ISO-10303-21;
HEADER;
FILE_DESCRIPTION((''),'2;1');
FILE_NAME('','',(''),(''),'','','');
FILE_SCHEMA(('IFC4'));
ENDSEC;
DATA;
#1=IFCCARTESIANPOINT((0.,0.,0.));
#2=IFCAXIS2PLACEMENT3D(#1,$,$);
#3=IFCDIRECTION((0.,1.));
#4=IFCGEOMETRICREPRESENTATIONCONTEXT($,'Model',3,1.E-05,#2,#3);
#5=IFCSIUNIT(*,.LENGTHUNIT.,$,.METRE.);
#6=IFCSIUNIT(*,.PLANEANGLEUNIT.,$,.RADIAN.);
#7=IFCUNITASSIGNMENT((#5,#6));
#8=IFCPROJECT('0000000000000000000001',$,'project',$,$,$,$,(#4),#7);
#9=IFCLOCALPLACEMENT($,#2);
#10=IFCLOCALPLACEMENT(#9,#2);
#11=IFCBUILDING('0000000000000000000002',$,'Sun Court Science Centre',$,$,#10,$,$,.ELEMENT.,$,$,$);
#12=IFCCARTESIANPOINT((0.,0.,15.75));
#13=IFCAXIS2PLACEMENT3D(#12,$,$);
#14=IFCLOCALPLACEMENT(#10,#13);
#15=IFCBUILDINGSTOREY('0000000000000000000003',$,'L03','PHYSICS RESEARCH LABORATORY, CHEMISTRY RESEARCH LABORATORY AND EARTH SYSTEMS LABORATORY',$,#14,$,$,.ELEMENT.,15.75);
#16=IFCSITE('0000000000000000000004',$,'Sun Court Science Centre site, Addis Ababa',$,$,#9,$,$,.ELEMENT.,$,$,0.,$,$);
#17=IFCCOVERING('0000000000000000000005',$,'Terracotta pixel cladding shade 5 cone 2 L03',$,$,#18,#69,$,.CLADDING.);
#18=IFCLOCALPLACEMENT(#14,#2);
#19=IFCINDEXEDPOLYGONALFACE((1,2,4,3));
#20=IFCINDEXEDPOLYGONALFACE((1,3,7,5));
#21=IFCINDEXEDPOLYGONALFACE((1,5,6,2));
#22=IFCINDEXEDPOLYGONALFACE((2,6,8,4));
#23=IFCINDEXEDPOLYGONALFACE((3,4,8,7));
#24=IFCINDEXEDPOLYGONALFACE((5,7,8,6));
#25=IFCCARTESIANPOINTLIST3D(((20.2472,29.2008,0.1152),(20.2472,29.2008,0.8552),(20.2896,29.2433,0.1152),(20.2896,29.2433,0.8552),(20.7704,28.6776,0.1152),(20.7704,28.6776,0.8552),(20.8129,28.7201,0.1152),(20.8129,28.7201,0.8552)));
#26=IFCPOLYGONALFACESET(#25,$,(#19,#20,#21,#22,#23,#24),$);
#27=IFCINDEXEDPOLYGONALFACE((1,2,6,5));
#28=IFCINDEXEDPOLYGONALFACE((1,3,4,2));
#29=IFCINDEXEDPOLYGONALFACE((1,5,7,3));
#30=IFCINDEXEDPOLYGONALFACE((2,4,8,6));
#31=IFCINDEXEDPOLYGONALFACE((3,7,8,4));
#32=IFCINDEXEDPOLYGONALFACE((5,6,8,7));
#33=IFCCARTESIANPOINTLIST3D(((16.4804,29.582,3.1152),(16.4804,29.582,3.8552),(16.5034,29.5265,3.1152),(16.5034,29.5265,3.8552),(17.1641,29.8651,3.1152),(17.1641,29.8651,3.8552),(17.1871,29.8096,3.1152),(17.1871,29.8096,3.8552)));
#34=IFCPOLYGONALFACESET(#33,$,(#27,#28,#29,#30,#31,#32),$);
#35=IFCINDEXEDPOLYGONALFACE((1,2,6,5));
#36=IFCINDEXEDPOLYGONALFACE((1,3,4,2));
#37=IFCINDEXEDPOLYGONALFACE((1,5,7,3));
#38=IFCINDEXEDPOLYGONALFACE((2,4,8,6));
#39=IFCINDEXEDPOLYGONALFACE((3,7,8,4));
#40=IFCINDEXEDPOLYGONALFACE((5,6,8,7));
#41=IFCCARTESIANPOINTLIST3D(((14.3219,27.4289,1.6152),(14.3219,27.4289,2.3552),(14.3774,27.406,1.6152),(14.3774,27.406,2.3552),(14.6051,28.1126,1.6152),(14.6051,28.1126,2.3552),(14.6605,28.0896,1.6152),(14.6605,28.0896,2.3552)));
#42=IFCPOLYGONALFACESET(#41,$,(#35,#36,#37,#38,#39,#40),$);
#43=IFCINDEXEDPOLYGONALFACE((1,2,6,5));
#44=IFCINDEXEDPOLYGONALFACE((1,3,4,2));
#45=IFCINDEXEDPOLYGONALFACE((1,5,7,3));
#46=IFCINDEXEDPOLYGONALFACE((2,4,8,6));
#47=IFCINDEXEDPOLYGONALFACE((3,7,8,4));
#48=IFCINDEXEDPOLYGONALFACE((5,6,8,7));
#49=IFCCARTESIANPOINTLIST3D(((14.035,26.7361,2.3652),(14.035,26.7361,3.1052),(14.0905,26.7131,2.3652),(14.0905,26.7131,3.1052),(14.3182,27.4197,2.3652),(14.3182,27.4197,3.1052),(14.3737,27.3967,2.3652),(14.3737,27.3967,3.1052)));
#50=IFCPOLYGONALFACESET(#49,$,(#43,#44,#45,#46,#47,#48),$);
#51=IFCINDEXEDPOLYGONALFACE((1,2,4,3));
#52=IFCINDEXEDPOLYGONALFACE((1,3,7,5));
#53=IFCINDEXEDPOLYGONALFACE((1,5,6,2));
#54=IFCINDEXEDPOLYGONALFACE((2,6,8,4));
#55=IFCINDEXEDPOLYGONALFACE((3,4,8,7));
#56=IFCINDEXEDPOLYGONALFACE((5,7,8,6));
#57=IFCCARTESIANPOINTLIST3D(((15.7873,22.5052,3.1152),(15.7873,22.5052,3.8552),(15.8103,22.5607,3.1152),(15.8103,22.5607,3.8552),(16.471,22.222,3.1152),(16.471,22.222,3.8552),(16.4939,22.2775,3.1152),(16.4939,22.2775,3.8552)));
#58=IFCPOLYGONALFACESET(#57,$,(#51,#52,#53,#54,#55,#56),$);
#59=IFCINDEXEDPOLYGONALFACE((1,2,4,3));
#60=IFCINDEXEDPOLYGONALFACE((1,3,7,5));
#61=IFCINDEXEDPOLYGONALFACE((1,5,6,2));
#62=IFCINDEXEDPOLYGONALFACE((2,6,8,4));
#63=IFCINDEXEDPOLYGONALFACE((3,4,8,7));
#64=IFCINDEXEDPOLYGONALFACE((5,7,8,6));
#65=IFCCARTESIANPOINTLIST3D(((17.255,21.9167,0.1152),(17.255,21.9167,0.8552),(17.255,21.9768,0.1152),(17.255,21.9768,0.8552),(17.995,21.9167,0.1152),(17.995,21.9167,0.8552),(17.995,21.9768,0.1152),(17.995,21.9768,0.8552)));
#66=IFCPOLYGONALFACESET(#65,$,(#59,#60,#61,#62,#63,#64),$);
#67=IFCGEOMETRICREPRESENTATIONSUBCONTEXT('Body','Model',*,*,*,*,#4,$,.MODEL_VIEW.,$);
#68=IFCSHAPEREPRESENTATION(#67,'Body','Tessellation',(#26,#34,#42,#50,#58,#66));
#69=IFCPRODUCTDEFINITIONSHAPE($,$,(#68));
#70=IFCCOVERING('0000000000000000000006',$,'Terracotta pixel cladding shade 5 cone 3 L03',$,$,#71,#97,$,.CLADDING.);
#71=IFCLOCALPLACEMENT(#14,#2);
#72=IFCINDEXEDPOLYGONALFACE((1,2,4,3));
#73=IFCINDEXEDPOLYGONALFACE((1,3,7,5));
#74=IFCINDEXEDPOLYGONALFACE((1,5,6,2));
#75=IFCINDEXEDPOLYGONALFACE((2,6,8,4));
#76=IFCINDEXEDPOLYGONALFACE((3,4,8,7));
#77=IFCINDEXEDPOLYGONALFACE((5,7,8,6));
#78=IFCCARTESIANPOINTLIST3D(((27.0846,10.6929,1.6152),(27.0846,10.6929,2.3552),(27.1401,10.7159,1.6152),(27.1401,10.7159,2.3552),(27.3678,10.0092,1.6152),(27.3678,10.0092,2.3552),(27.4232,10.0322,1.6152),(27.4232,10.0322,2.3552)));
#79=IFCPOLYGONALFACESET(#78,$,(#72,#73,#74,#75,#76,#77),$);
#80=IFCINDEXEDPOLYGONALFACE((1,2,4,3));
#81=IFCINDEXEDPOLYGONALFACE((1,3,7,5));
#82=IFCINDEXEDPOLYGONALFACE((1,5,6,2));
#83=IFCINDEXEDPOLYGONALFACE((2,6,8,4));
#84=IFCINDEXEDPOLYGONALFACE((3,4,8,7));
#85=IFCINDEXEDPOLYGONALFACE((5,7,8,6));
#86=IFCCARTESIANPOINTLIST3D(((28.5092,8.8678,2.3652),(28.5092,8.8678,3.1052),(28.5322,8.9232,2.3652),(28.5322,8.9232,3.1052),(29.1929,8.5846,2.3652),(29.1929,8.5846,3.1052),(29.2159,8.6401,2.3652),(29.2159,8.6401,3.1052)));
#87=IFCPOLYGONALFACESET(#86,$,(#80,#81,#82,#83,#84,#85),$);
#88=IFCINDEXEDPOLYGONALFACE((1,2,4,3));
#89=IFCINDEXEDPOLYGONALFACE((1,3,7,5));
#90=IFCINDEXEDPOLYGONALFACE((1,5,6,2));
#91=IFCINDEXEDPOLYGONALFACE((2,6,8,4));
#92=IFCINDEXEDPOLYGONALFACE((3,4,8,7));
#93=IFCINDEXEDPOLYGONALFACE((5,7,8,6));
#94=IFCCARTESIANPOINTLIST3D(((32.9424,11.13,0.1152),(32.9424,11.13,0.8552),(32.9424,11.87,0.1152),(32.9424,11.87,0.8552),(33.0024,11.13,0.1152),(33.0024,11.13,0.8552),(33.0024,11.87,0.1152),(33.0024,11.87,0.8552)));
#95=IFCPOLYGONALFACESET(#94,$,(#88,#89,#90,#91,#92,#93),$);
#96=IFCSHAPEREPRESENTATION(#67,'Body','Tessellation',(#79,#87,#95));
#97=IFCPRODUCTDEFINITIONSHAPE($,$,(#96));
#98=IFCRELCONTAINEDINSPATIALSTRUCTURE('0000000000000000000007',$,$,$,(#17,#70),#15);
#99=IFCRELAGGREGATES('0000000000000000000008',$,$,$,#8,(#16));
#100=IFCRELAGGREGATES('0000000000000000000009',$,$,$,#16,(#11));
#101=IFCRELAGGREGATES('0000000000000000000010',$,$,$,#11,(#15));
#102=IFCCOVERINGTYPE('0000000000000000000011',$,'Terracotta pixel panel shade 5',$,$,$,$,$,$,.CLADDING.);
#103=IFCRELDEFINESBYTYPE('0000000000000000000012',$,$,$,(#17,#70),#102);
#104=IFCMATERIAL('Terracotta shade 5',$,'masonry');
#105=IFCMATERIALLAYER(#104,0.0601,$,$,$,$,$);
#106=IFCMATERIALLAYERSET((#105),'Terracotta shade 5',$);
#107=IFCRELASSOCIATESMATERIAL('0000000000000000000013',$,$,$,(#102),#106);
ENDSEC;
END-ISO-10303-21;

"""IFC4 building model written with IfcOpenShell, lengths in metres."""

from ifc_helpers import new_model, si_unit, direction, frame, origin, origin_2d, place, context, subcontext, project, spatial, rectangle, extrude, material, layer, layer_set, type_object, element, save


model = new_model("IFC4")

# Units and contexts
model_context = context("Model", 3, precision=1e-05, world=origin(), true_north=direction((0.0, 1.0)))
body_context = subcontext(model_context, "Body", "Model", "MODEL_VIEW")
ifc_project = project(units=[si_unit("LENGTHUNIT", "METRE"), si_unit("PLANEANGLEUNIT", "RADIAN")], contexts=[model_context])

# Site, building, storey
site_placement = place(None, origin())
site = spatial("IfcSite", under=ifc_project, at=site_placement, Name="Sun Court Science Centre site, Addis Ababa", CompositionType="ELEMENT", RefElevation=0.0)
building_placement = place(site_placement, origin())
building = spatial("IfcBuilding", under=site, at=building_placement, Name="Sun Court Science Centre", CompositionType="ELEMENT")
storey_placement = place(building_placement, frame((0.0, 0.0, 15.75)))
storey = spatial("IfcBuildingStorey", under=building, at=storey_placement, Name="L03", Description="PHYSICS RESEARCH LABORATORY, CHEMISTRY RESEARCH LABORATORY AND EARTH SYSTEMS LABORATORY", CompositionType="ELEMENT", Elevation=15.75)

# Coverings
ifc_material_1 = material(Name="Terracotta shade 5", Category="masonry")
ifc_layer_1 = layer(ifc_material_1, 0.0601)
ifc_layer_set_1 = layer_set([ifc_layer_1], Name="Terracotta shade 5")
covering_type_1 = type_object("IfcCoveringType", Name="Terracotta pixel panel shade 5", PredefinedType="CLADDING", material=ifc_layer_set_1)
covering_1_placement = place(storey_placement, frame((0.0, 0.0, -15.75)))
element("IfcCovering", 1, at=covering_1_placement, inside=storey, type_object=covering_type_1, Name="Terracotta pixel cladding shade 5 cone 2 L03", PredefinedType="CLADDING", context=body_context, shape_type="SweptSolid", body=[
    extrude(rectangle(XDim=0.74, YDim=0.0601, at=origin_2d()), frame((20.53, 28.9604, 15.8652), z_axis=(0.0, 0.0, 1.0), x_axis=(0.707107, -0.707107, 0.0)), (0.0, 0.0, 1.0), 0.74),
    extrude(rectangle(XDim=0.74, YDim=0.0601, at=origin_2d()), frame((16.8337, 29.6958, 18.8652), z_axis=(0.0, 0.0, 1.0), x_axis=(0.92388, 0.382683, 0.0)), (0.0, 0.0, 1.0), 0.74),
    extrude(rectangle(XDim=0.74, YDim=0.0601, at=origin_2d()), frame((14.4912, 27.7593, 17.3652), z_axis=(0.0, 0.0, 1.0), x_axis=(0.382683, 0.92388, 0.0)), (0.0, 0.0, 1.0), 0.74),
    extrude(rectangle(XDim=0.74, YDim=0.0601, at=origin_2d()), frame((14.2043, 27.0664, 18.1152), z_axis=(0.0, 0.0, 1.0), x_axis=(0.382683, 0.92388, 0.0)), (0.0, 0.0, 1.0), 0.74),
    extrude(rectangle(XDim=0.74, YDim=0.0601, at=origin_2d()), frame((16.1406, 22.3914, 18.8652), z_axis=(0.0, 0.0, 1.0), x_axis=(-0.92388, 0.382683, 0.0)), (0.0, 0.0, 1.0), 0.74),
    extrude(rectangle(XDim=0.74, YDim=0.0601, at=origin_2d()), frame((17.625, 21.9468, 15.8652), z_axis=(0.0, 0.0, 1.0), x_axis=(-1.0, 0.0, 0.0)), (0.0, 0.0, 1.0), 0.74),
])
covering_2_placement = place(storey_placement, frame((0.0, 0.0, -15.75)))
element("IfcCovering", 2, at=covering_2_placement, inside=storey, type_object=covering_type_1, Name="Terracotta pixel cladding shade 5 cone 3 L03", PredefinedType="CLADDING", context=body_context, shape_type="SweptSolid", body=[
    extrude(rectangle(XDim=0.74, YDim=0.0601, at=origin_2d()), frame((27.2539, 10.3625, 17.3652), z_axis=(0.0, 0.0, 1.0), x_axis=(-0.382683, 0.92388, 0.0)), (0.0, 0.0, 1.0), 0.74),
    extrude(rectangle(XDim=0.74, YDim=0.0601, at=origin_2d()), frame((28.8625, 8.7539, 18.1152), z_axis=(0.0, 0.0, 1.0), x_axis=(-0.92388, 0.382683, 0.0)), (0.0, 0.0, 1.0), 0.74),
    extrude(rectangle(XDim=0.74, YDim=0.0601, at=origin_2d()), frame((32.9724, 11.5, 15.8652), z_axis=(0.0, 0.0, 1.0), x_axis=(0.0, -1.0, 0.0)), (0.0, 0.0, 1.0), 0.74),
])

save(model, "model.ifc")
